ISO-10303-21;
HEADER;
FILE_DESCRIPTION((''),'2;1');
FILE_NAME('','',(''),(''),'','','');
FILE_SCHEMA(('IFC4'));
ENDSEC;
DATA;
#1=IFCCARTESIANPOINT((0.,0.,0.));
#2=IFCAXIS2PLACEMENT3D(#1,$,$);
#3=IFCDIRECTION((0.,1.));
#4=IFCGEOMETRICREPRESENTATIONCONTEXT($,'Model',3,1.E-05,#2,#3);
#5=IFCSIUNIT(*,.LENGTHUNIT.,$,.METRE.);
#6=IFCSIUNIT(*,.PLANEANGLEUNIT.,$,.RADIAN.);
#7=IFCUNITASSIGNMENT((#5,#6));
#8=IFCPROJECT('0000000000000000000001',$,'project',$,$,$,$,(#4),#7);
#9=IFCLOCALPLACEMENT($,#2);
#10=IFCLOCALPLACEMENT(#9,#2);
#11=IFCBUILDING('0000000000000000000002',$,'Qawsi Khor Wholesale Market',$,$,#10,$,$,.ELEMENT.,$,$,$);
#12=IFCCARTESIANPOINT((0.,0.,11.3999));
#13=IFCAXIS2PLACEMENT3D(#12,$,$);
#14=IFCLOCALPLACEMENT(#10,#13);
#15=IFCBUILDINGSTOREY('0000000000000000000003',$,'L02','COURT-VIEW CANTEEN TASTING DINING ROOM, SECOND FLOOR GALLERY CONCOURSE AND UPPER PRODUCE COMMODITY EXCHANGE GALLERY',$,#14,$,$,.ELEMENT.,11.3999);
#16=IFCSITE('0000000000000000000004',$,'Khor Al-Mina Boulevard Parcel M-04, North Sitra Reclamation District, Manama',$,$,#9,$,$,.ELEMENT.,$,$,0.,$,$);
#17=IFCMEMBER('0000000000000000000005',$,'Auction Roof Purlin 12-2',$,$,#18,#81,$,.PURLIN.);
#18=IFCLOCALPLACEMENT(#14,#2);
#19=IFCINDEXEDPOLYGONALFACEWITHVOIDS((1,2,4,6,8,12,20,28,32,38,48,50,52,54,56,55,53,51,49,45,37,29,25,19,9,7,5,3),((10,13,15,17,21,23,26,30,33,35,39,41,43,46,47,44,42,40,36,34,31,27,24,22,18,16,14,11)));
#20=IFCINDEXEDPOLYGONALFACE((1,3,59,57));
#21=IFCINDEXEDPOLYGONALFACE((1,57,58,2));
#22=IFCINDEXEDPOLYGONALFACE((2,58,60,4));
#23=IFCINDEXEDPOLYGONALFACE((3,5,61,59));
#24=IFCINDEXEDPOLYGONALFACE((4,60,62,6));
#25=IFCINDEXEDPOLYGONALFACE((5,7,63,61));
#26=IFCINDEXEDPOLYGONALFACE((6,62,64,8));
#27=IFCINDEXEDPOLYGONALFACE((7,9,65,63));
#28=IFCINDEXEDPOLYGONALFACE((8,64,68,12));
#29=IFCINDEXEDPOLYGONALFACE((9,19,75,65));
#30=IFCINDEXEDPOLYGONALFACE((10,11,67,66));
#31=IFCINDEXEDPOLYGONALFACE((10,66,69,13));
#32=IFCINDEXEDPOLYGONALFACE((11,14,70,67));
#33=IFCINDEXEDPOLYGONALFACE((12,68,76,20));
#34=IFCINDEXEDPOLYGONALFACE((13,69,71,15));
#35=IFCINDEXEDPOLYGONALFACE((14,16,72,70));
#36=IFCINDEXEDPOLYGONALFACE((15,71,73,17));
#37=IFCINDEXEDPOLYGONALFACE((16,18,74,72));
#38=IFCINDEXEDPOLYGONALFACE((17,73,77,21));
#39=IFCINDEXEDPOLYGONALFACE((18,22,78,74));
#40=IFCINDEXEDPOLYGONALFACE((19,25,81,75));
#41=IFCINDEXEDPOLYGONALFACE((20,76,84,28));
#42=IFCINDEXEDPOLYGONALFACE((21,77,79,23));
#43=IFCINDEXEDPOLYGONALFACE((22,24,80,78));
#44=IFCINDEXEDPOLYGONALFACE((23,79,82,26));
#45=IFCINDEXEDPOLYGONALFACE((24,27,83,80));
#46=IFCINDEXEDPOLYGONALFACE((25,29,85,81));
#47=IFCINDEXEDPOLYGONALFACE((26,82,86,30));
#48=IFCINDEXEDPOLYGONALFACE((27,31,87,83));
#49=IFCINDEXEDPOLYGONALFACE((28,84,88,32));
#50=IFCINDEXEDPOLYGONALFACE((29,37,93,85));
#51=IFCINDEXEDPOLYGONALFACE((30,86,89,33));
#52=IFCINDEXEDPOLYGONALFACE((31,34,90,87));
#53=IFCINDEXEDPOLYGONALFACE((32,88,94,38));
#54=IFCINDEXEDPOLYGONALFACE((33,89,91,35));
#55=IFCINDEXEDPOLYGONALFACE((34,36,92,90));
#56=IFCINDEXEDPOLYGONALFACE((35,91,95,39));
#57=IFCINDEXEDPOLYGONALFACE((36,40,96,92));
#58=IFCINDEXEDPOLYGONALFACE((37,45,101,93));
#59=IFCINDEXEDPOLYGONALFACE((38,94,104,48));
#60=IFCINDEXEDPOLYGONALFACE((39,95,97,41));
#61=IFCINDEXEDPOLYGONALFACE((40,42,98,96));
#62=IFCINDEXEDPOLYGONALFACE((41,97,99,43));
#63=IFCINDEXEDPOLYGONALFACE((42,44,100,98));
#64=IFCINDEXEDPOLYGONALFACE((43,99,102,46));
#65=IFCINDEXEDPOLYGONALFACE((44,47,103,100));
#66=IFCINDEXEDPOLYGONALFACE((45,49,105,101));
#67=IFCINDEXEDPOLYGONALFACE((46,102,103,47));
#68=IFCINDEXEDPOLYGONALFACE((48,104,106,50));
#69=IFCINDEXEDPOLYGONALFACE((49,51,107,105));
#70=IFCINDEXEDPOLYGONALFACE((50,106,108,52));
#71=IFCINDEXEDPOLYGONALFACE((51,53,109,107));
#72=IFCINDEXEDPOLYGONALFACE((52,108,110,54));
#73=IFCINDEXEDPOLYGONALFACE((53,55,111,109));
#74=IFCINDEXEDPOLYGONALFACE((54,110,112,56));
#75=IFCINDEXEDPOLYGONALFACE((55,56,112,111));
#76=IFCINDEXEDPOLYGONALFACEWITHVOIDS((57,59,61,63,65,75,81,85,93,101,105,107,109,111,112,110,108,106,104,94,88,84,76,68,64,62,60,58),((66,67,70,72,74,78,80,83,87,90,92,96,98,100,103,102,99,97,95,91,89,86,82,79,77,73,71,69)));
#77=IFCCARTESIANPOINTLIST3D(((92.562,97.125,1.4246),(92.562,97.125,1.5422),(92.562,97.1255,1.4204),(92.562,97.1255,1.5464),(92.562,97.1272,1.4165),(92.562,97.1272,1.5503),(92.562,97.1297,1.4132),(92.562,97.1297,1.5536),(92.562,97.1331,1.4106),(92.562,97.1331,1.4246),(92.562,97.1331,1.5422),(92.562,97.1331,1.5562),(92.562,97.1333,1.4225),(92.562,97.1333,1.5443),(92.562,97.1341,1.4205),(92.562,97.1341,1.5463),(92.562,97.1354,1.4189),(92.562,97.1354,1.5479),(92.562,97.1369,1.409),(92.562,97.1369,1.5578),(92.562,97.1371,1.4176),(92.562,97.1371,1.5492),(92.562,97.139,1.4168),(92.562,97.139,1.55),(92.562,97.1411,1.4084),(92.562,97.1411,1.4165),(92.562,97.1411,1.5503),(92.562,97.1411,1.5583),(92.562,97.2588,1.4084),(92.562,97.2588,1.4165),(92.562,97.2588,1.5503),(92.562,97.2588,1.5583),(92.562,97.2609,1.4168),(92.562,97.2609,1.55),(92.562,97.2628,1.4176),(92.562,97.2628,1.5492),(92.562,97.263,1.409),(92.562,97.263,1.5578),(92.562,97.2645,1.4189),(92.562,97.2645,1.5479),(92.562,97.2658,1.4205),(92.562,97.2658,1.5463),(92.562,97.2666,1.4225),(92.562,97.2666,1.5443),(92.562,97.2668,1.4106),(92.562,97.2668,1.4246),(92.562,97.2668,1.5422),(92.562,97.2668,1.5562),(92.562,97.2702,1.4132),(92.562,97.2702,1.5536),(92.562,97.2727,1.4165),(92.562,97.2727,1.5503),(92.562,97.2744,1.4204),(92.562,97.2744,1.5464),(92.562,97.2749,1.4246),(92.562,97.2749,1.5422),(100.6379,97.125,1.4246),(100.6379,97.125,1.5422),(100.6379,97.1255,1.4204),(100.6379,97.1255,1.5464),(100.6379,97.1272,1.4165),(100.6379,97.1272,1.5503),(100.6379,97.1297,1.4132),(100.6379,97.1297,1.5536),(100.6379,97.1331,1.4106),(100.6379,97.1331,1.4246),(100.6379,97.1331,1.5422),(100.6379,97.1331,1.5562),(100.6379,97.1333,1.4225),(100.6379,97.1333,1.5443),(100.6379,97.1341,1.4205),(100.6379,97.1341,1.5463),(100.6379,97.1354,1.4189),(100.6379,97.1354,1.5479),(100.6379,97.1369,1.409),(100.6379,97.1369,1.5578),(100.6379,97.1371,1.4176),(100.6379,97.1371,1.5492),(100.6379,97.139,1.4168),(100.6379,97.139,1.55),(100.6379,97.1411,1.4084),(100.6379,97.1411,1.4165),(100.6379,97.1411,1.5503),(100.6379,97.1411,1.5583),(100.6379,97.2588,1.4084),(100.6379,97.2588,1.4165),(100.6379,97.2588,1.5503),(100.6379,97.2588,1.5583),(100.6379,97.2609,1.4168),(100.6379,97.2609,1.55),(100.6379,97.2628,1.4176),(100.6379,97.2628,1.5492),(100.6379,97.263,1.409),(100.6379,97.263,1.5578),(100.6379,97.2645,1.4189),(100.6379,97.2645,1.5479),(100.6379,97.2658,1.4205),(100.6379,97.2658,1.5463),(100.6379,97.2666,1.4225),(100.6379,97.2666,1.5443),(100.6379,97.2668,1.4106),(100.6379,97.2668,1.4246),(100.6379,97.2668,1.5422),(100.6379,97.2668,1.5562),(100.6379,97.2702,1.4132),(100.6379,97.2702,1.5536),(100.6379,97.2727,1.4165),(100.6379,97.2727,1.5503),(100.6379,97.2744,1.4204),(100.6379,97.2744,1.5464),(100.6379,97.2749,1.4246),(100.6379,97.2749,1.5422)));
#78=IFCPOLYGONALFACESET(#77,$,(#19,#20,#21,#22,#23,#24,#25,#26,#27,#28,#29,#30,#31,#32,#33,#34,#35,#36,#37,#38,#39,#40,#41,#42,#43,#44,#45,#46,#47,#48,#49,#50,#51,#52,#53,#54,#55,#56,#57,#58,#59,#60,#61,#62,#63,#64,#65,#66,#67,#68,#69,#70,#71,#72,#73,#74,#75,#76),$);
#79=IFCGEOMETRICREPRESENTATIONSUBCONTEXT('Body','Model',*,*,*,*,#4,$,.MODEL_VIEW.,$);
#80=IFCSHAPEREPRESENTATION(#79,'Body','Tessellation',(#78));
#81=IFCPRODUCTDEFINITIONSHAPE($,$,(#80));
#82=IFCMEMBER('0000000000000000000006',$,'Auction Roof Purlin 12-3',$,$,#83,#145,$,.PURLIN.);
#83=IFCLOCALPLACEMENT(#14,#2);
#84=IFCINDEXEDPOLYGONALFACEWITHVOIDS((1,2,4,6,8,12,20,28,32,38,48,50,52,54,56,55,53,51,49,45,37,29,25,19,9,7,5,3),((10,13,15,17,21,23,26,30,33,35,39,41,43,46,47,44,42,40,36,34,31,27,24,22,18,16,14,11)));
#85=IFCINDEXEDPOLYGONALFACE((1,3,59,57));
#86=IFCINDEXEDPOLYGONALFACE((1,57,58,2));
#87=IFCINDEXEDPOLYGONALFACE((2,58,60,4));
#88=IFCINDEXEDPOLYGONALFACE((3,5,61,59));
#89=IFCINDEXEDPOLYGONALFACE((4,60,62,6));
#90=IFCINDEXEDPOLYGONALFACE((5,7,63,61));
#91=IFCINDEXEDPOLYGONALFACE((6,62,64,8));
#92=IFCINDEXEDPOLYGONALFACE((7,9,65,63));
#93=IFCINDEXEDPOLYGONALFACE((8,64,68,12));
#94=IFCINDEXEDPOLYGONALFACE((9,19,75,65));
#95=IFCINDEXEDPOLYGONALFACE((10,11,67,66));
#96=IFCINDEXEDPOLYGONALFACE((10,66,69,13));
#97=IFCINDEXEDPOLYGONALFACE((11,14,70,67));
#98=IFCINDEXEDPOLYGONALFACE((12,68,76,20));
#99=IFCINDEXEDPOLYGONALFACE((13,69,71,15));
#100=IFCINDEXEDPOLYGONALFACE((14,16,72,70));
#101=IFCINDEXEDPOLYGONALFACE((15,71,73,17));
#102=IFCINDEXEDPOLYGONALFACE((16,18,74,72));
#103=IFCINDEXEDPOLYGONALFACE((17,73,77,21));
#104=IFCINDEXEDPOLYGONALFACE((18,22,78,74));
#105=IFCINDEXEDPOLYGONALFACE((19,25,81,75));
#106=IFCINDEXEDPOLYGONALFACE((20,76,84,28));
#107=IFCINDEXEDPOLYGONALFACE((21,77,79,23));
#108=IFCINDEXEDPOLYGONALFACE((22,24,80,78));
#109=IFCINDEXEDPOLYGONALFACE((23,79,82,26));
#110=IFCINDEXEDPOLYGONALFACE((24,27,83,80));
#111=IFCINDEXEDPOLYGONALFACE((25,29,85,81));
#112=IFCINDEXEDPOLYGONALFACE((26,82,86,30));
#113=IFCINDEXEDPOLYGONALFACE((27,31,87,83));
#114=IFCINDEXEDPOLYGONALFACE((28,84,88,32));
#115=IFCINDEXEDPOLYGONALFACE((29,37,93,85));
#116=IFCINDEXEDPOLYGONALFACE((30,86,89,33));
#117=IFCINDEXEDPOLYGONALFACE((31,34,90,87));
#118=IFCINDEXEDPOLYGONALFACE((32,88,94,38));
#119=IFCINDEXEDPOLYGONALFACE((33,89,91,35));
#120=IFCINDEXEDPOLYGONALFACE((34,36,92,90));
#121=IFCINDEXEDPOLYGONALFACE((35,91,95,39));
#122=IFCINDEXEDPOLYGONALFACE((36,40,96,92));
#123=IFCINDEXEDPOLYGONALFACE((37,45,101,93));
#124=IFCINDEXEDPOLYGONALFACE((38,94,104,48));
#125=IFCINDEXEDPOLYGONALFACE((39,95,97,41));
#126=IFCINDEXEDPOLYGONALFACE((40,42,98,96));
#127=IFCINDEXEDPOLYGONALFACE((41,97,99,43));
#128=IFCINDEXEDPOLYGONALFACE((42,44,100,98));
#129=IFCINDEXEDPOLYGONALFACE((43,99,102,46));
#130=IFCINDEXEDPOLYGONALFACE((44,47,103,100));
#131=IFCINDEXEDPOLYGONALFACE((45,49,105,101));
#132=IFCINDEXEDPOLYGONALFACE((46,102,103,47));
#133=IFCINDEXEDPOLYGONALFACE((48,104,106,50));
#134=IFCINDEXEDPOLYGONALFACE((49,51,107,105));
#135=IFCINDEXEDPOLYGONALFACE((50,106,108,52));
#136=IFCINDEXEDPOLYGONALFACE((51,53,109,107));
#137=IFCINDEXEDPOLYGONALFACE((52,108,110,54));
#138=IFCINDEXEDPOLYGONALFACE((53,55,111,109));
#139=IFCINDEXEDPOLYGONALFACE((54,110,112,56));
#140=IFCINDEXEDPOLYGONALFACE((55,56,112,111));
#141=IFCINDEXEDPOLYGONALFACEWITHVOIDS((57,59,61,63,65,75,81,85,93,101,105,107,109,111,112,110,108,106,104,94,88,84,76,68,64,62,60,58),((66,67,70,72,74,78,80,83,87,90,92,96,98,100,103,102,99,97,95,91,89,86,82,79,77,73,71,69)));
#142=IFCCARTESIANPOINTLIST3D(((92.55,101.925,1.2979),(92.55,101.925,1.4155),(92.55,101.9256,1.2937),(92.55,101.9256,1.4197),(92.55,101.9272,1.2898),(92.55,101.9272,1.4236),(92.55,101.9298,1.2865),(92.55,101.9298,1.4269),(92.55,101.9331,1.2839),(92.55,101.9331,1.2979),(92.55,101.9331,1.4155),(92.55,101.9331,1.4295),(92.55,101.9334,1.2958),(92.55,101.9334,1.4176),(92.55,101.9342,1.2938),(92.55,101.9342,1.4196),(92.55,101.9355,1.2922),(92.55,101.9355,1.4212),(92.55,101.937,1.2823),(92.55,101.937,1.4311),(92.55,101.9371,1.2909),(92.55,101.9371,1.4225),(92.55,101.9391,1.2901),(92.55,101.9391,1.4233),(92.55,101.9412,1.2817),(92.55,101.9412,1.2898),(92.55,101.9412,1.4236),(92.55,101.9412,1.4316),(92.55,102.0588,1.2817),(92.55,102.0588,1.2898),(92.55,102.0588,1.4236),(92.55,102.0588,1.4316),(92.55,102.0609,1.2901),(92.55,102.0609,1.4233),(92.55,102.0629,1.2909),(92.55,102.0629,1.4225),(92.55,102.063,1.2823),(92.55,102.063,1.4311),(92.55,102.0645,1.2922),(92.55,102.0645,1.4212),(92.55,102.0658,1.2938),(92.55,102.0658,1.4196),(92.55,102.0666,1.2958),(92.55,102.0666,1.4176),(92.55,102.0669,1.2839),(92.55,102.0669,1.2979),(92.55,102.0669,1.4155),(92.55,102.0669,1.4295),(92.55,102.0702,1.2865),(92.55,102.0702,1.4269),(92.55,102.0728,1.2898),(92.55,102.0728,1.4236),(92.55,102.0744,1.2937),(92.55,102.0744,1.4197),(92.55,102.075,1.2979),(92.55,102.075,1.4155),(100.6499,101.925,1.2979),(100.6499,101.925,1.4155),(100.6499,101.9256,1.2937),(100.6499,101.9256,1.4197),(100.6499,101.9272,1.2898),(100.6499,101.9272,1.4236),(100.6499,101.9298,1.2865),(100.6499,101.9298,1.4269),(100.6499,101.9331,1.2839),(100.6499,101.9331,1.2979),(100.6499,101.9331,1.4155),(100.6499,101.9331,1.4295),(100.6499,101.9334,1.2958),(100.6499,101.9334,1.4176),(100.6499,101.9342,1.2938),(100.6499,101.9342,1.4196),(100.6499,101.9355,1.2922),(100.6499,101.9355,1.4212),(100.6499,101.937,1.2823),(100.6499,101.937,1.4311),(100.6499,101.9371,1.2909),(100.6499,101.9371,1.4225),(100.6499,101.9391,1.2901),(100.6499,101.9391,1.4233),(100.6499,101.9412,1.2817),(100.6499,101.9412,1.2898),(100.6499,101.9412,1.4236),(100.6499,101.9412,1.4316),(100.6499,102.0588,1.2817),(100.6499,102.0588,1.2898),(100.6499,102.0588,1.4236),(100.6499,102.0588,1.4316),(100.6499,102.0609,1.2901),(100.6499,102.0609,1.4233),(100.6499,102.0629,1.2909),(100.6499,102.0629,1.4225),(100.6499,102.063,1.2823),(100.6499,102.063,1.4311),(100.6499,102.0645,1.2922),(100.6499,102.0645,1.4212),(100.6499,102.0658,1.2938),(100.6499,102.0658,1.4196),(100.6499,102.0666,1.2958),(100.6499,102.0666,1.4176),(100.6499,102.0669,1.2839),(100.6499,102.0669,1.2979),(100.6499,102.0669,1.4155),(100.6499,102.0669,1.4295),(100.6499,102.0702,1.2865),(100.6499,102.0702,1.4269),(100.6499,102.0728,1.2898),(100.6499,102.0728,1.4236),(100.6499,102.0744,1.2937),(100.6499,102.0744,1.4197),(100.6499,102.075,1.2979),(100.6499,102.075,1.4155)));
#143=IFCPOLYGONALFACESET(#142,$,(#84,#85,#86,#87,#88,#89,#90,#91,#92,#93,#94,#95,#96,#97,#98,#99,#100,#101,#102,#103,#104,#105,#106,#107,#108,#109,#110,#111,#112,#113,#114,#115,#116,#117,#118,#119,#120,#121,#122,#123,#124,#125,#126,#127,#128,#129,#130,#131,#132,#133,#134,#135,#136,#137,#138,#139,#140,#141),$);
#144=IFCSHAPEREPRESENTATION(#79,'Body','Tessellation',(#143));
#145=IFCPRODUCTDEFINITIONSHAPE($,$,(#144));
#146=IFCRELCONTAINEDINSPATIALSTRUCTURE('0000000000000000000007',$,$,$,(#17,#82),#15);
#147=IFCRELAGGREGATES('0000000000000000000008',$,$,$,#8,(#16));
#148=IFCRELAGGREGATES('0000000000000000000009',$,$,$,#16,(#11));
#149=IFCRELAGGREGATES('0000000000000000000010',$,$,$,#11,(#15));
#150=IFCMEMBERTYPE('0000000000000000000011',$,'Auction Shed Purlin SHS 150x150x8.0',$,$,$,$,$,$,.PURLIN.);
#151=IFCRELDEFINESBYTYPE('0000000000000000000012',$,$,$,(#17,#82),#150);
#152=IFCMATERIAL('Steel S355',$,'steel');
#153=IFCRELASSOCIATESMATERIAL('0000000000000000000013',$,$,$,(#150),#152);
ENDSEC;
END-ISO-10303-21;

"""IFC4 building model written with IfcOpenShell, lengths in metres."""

from ifc_helpers import new_model, si_unit, direction, frame, origin, origin_2d, place, context, subcontext, project, spatial, hollow_rectangle, extrude, material, material_profile, profile_set, type_object, element, save


model = new_model("IFC4")

# Units and contexts
model_context = context("Model", 3, precision=1e-05, world=origin(), true_north=direction((0.0, 1.0)))
body_context = subcontext(model_context, "Body", "Model", "MODEL_VIEW")
ifc_project = project(units=[si_unit("LENGTHUNIT", "METRE"), si_unit("PLANEANGLEUNIT", "RADIAN")], contexts=[model_context])

# Site, building, storey
site_placement = place(None, origin())
site = spatial("IfcSite", under=ifc_project, at=site_placement, Name="Khor Al-Mina Boulevard Parcel M-04, North Sitra Reclamation District, Manama", CompositionType="ELEMENT", RefElevation=0.0)
building_placement = place(site_placement, origin())
building = spatial("IfcBuilding", under=site, at=building_placement, Name="Qawsi Khor Wholesale Market", CompositionType="ELEMENT")
storey_placement = place(building_placement, frame((0.0, 0.0, 11.3999)))
storey = spatial("IfcBuildingStorey", under=building, at=storey_placement, Name="L02", Description="COURT-VIEW CANTEEN TASTING DINING ROOM, SECOND FLOOR GALLERY CONCOURSE AND UPPER PRODUCE COMMODITY EXCHANGE GALLERY", CompositionType="ELEMENT", Elevation=11.3999)

# Members
ifc_material_1 = material(Name="Steel S355", Category="steel")
ifc_material_profile_1 = material_profile(ifc_material_1, hollow_rectangle(XDim=0.1499, YDim=0.1499, WallThickness=0.0081, InnerFilletRadius=0.0081, OuterFilletRadius=0.0161, at=origin_2d()), Name="SHS 150x150x8.0")
ifc_profile_set_1 = profile_set([ifc_material_profile_1], Name="Steel S355")
member_type_1 = type_object("IfcMemberType", Name="Auction Shed Purlin SHS 150x150x8.0", PredefinedType="PURLIN", material=ifc_profile_set_1)
member_1_placement = place(storey_placement, frame((92.562, 97.2, 1.4834), z_axis=(1.0, 0.0, 0.0), x_axis=(0.0, 1.0, 0.0)))
element("IfcMember", 1, at=member_1_placement, inside=storey, type_object=member_type_1, Name="Auction Roof Purlin 12-2", PredefinedType="PURLIN", context=body_context, shape_type="SweptSolid", body=[
    extrude(hollow_rectangle(XDim=0.1499, YDim=0.1499, WallThickness=0.0081, InnerFilletRadius=0.0081, OuterFilletRadius=0.0161, at=origin_2d()), origin(), (0.0, 0.0, 1.0), 8.0759),
])
for number, where, z_axis, x_axis, name in (
    (2, (92.55, 102.0, 1.3567), (1.0, 0.0, 0.0), (0.0, 1.0, 0.0), "Auction Roof Purlin 12-3"),
):
    element("IfcMember", number, at=place(storey_placement, frame(where, z_axis=z_axis, x_axis=x_axis)), inside=storey, type_object=member_type_1, Name=name, PredefinedType="PURLIN", context=body_context, shape_type="SweptSolid", body=[
        extrude(hollow_rectangle(XDim=0.1499, YDim=0.1499, WallThickness=0.0081, InnerFilletRadius=0.0081, OuterFilletRadius=0.0161, at=origin_2d()), origin(), (0.0, 0.0, 1.0), 8.0999),
    ])

save(model, "model.ifc")
